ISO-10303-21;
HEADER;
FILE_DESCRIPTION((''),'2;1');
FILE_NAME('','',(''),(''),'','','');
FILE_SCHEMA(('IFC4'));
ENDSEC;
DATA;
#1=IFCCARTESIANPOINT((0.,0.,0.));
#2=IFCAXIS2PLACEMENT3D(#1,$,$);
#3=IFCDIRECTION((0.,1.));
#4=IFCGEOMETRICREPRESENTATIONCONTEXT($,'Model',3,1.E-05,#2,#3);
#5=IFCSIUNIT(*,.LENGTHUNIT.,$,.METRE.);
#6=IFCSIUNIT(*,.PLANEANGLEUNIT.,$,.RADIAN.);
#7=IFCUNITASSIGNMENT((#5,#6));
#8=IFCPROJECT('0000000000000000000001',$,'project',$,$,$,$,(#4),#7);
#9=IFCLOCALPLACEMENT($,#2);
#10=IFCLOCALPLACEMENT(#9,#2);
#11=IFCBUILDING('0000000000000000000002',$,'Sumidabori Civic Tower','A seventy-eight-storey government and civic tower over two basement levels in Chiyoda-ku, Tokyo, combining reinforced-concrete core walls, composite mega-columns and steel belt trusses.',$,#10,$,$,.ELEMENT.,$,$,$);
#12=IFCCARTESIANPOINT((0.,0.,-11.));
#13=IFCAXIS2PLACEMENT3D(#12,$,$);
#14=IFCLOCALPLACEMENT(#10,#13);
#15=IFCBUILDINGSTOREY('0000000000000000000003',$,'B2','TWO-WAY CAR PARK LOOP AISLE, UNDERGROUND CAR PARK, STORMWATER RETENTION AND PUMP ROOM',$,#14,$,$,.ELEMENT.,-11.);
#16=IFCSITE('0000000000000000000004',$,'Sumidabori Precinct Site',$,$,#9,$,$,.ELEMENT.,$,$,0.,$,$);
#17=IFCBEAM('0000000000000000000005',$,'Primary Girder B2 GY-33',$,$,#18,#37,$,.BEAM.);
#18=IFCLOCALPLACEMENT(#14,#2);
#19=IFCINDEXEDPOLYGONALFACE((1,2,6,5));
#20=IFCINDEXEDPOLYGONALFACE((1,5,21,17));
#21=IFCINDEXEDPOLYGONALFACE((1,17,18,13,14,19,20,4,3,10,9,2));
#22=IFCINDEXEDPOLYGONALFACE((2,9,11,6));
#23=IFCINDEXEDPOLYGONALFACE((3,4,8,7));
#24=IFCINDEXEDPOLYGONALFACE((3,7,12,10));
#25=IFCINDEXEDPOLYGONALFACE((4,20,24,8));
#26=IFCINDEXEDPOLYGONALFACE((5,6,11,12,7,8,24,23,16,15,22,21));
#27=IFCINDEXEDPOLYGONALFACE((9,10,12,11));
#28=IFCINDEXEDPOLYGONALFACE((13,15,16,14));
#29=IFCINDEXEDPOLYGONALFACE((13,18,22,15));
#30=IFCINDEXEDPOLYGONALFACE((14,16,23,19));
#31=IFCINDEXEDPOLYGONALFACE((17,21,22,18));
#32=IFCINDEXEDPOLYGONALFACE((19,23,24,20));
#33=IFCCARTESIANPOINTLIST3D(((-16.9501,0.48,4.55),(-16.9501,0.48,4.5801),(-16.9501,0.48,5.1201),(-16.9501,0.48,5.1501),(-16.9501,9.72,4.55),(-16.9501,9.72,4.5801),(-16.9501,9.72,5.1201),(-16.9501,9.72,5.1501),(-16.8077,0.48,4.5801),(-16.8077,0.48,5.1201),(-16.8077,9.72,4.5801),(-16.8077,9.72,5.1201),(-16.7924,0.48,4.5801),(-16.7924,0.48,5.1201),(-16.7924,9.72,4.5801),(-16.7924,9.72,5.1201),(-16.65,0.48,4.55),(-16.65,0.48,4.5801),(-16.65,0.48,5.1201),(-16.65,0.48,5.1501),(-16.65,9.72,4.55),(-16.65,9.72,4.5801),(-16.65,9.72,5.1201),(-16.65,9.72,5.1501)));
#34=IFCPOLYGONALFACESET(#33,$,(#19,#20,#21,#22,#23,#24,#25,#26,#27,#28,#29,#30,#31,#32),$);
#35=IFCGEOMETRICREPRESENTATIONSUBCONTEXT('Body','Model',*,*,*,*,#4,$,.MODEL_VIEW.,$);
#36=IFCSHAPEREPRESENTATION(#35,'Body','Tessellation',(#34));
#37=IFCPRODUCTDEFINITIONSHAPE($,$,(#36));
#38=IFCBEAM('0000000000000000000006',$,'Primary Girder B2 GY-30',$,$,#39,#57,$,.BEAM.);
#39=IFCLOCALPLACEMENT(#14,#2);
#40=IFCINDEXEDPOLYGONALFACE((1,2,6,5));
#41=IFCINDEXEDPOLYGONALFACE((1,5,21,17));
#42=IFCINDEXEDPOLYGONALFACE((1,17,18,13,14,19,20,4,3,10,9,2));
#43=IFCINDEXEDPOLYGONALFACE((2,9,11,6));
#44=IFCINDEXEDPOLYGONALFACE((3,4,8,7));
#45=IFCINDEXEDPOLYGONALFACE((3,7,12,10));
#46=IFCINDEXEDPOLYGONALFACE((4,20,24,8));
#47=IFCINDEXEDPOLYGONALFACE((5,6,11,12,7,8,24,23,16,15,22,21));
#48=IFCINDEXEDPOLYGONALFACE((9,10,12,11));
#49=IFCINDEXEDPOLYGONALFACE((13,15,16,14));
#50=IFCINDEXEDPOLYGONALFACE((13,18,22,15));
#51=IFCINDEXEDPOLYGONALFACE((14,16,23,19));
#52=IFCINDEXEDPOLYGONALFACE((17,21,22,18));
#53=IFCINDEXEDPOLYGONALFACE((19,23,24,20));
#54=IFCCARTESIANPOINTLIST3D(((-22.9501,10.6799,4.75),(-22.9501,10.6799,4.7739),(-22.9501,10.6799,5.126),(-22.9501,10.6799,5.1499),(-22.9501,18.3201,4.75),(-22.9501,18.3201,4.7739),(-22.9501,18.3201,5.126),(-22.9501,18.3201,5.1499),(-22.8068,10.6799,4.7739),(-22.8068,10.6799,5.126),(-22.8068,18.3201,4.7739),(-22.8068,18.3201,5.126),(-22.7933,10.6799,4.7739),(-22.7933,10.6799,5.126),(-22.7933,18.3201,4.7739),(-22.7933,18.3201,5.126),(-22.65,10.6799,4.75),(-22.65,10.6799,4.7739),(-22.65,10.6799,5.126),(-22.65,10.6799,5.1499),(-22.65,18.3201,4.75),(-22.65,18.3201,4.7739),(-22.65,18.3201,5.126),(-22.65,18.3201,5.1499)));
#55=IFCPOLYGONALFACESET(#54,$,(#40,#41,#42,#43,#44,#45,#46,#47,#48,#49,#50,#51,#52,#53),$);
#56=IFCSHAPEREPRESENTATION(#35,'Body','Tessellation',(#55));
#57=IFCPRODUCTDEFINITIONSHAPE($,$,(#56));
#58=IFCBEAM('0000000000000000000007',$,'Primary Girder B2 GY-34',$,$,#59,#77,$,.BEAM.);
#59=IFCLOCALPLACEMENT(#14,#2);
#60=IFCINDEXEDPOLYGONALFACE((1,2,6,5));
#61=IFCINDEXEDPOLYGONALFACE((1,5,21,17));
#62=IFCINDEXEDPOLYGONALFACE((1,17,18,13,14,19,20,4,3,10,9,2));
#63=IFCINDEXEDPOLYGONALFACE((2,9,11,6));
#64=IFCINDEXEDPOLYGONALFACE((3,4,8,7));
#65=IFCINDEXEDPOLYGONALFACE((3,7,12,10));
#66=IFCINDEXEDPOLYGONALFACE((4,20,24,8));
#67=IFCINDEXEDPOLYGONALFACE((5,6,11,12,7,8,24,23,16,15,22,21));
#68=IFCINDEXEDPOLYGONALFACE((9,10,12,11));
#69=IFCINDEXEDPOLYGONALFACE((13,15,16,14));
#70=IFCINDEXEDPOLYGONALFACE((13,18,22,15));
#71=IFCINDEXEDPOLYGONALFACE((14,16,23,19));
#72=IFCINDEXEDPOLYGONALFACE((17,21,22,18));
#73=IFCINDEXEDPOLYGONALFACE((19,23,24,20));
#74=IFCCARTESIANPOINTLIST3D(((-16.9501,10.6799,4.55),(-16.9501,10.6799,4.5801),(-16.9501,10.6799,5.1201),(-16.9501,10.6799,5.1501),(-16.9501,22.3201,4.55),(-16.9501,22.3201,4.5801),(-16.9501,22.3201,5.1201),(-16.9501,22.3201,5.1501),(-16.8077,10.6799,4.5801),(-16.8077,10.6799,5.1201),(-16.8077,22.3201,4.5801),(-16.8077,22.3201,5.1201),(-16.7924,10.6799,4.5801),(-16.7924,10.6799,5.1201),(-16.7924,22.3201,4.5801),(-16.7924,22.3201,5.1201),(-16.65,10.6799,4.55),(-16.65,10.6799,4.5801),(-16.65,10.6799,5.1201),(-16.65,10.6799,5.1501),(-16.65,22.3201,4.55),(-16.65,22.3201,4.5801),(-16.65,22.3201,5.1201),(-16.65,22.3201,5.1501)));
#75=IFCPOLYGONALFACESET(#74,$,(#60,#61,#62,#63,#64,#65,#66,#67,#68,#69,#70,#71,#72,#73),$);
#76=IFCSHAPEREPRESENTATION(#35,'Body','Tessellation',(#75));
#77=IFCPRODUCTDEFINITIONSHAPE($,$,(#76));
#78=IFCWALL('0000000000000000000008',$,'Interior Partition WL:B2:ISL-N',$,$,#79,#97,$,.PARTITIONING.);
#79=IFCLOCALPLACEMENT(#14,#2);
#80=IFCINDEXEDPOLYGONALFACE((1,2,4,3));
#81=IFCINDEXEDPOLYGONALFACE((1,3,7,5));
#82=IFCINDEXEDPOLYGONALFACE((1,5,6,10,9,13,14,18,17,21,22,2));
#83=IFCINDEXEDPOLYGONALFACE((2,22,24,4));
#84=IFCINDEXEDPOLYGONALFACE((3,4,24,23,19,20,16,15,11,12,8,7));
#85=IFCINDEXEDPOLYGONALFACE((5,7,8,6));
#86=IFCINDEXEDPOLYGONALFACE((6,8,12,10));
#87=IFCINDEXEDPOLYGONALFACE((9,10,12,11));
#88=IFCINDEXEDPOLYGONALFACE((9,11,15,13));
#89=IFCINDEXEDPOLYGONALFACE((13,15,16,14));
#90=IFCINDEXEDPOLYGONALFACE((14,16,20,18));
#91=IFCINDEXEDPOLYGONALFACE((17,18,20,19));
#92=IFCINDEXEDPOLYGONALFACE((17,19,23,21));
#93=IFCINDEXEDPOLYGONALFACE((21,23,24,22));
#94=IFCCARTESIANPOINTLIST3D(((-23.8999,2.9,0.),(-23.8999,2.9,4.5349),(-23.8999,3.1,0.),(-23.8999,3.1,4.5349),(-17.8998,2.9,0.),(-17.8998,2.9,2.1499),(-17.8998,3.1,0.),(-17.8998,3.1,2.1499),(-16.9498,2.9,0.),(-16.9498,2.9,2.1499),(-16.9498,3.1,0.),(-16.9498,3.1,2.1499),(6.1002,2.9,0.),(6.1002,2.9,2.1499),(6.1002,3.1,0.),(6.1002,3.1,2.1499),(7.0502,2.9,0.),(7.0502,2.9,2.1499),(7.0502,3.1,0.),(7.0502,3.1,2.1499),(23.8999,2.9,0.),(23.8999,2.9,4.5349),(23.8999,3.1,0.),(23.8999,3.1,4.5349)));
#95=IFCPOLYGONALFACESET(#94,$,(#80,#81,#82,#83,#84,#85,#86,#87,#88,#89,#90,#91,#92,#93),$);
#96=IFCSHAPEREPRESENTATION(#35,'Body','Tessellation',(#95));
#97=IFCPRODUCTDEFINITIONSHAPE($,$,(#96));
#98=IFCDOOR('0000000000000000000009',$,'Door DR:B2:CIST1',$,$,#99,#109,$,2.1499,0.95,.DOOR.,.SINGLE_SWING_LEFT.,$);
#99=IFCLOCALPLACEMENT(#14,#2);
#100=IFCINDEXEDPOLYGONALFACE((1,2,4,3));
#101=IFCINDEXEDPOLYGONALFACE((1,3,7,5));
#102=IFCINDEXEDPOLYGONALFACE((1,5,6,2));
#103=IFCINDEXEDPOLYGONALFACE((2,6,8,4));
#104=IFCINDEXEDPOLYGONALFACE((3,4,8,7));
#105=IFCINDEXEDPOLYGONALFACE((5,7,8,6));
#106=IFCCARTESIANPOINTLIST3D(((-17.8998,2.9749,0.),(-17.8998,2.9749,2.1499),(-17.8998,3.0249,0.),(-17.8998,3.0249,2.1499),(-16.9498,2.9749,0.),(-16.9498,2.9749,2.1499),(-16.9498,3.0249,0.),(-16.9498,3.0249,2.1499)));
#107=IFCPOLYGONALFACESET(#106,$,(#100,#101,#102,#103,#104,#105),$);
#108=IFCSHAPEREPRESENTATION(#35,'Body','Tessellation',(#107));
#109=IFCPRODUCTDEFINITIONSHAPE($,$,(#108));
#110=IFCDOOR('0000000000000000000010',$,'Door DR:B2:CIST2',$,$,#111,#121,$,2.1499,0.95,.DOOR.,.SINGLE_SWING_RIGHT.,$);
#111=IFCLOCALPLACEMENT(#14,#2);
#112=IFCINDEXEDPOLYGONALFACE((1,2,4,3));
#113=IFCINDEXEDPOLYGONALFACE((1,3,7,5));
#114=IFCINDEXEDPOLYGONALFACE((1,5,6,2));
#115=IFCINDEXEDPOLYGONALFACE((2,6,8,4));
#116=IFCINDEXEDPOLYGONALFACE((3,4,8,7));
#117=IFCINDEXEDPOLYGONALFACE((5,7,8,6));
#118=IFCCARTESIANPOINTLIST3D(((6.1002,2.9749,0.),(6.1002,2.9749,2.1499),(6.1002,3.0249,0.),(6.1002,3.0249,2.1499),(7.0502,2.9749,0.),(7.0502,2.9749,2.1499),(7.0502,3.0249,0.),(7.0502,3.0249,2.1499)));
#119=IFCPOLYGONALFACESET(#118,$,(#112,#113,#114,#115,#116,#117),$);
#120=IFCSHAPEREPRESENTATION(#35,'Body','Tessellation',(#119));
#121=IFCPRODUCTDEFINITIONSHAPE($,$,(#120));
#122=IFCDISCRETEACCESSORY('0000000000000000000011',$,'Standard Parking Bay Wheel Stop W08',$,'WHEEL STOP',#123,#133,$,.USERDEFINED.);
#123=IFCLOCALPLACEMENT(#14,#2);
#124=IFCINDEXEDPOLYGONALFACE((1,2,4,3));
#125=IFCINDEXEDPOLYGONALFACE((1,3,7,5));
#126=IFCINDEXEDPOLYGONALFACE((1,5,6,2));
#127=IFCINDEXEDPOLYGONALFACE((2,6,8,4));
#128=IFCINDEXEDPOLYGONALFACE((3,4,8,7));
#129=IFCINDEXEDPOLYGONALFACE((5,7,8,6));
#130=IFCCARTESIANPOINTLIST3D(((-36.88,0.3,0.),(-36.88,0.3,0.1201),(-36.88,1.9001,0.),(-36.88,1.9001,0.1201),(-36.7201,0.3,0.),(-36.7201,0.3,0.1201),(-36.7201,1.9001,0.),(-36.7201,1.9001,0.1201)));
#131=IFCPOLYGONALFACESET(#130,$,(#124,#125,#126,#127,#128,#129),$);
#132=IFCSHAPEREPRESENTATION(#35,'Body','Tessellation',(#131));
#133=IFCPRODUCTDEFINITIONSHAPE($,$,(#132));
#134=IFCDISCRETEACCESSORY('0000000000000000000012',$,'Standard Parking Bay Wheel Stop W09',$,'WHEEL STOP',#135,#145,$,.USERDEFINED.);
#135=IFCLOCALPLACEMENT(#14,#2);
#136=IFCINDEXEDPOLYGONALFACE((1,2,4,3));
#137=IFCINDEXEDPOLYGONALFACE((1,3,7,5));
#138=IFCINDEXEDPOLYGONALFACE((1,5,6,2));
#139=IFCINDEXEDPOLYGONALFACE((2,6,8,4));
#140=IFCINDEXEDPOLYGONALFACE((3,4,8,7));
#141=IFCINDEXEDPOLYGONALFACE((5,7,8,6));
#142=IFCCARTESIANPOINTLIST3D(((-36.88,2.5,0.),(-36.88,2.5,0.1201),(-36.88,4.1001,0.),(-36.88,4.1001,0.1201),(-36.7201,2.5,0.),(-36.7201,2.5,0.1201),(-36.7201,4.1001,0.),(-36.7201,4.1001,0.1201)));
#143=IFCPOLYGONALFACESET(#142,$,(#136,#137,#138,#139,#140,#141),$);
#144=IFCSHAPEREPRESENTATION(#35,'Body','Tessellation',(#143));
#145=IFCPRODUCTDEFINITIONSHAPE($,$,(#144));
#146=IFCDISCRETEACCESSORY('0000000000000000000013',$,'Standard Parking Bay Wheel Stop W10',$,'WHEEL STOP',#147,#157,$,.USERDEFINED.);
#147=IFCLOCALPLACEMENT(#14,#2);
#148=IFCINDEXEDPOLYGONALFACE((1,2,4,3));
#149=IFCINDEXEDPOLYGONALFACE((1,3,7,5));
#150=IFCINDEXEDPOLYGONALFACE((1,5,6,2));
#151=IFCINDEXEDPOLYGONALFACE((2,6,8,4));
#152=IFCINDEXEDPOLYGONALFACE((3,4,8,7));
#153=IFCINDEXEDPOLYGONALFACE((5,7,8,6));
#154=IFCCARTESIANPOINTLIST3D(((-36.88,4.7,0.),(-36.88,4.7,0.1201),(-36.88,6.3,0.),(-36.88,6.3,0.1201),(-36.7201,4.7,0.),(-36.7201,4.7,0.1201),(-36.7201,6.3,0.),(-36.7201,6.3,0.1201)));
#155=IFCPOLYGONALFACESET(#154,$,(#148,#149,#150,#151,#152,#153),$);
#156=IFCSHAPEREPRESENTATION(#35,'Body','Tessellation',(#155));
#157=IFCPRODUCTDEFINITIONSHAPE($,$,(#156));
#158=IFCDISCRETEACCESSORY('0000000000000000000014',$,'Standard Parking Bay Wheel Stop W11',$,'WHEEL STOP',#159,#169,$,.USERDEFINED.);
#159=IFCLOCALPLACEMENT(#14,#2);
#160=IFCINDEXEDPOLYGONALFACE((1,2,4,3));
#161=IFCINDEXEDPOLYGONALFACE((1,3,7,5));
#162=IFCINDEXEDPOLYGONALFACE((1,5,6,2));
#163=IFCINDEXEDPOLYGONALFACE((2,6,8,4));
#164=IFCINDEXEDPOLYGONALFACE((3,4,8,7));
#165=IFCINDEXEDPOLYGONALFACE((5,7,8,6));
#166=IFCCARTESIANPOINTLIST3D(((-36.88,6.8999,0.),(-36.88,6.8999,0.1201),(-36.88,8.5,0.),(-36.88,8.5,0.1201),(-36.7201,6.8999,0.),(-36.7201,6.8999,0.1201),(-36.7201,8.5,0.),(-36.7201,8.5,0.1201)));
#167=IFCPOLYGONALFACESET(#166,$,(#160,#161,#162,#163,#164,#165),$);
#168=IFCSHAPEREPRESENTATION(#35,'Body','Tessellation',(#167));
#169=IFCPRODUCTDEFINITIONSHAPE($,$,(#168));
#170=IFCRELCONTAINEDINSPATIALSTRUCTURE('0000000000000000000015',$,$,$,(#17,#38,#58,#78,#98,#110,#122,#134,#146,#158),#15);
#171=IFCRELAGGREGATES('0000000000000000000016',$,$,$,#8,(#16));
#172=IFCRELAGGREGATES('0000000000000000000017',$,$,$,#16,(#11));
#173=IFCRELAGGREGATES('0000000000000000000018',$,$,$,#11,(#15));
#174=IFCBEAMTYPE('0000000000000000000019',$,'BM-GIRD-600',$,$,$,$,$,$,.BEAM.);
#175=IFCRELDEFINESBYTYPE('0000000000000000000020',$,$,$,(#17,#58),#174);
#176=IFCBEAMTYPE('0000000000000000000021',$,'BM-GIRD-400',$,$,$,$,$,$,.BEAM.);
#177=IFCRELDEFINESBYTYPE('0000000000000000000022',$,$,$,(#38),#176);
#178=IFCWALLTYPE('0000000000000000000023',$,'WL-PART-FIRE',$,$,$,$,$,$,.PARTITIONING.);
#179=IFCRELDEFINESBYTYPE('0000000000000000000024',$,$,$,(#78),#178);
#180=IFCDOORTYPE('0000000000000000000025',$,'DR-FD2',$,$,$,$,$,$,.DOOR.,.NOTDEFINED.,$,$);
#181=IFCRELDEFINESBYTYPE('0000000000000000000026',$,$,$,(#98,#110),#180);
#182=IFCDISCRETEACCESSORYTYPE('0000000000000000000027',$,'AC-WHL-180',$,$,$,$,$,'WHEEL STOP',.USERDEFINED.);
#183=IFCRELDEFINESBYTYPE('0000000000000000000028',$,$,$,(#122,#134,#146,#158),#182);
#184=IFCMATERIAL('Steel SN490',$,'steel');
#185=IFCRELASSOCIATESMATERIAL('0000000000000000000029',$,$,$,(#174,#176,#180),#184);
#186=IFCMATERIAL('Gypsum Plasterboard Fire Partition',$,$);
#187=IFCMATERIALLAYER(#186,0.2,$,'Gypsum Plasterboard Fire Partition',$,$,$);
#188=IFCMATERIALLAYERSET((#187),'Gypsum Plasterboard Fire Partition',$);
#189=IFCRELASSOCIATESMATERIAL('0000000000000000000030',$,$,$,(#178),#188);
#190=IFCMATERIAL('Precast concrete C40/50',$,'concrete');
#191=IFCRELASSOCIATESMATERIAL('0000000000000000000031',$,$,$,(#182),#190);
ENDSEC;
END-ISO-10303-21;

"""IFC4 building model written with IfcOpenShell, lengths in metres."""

from ifc_helpers import new_model, si_unit, direction, frame, frame_2d, origin, origin_2d, place, context, subcontext, project, spatial, rectangle, i_section, extrude, source, transform, mapped, material, layer, layer_set, material_profile, profile_set, type_object, element, fill, save


model = new_model("IFC4")

# Units and contexts
model_context = context("Model", 3, precision=1e-05, world=origin(), true_north=direction((0.0, 1.0)))
body_context = subcontext(model_context, "Body", "Model", "MODEL_VIEW")
ifc_project = project(units=[si_unit("LENGTHUNIT", "METRE"), si_unit("PLANEANGLEUNIT", "RADIAN")], contexts=[model_context])

# Site, building, storey
site_placement = place(None, origin())
site = spatial("IfcSite", under=ifc_project, at=site_placement, Name="Sumidabori Precinct Site", CompositionType="ELEMENT", RefElevation=0.0)
building_placement = place(site_placement, origin())
building = spatial("IfcBuilding", under=site, at=building_placement, Name="Sumidabori Civic Tower", Description="A seventy-eight-storey government and civic tower over two basement levels in Chiyoda-ku, Tokyo, combining reinforced-concrete core walls, composite mega-columns and steel belt trusses.", CompositionType="ELEMENT")
storey_placement = place(building_placement, frame((0.0, 0.0, -11.0)))
storey = spatial("IfcBuildingStorey", under=building, at=storey_placement, Name="B2", Description="TWO-WAY CAR PARK LOOP AISLE, UNDERGROUND CAR PARK, STORMWATER RETENTION AND PUMP ROOM", CompositionType="ELEMENT", Elevation=-11.0)

# Beams
ifc_material_1 = material(Name="Steel SN490", Category="steel")
ifc_material_profile_1 = material_profile(ifc_material_1, i_section(OverallWidth=0.3, OverallDepth=0.6001, WebThickness=0.0154, FlangeThickness=0.03, at=origin_2d()), Name="HE 600 B")
ifc_profile_set_1 = profile_set([ifc_material_profile_1], Name="Steel SN490")
beam_type_1 = type_object("IfcBeamType", Name="BM-GIRD-600", PredefinedType="BEAM", material=ifc_profile_set_1)
shared_shape_1 = source(origin(), body_context, "Body", "SweptSolid", [
    extrude(i_section(OverallWidth=0.3, OverallDepth=0.6001, WebThickness=0.0154, FlangeThickness=0.03, at=origin_2d()), origin(), (0.0, 0.0, 1.0), 9.24),
])
for number, where, z_axis, x_axis, name in (
    (1, (-16.8, 0.48, 4.8501), (0.0, 1.0, 0.0), (-1.0, 0.0, 0.0), "Primary Girder B2 GY-33"),
):
    element("IfcBeam", number, at=place(storey_placement, frame(where, z_axis=z_axis, x_axis=x_axis)), inside=storey, type_object=beam_type_1, Name=name, PredefinedType="BEAM", context=body_context, shape_type="MappedRepresentation", body=[
        mapped(shared_shape_1, transform((0.0, 0.0, 0.0), x_axis=(1.0, 0.0, 0.0), y_axis=(0.0, 1.0, 0.0), z_axis=(0.0, 0.0, 1.0), scale=1.0)),
    ])
ifc_material_profile_2 = material_profile(ifc_material_1, i_section(OverallWidth=0.3, OverallDepth=0.3999, WebThickness=0.0134, FlangeThickness=0.0239, at=origin_2d()), Name="HE 400 B")
ifc_profile_set_2 = profile_set([ifc_material_profile_2], Name="Steel SN490")
beam_type_2 = type_object("IfcBeamType", Name="BM-GIRD-400", PredefinedType="BEAM", material=ifc_profile_set_2)
shared_shape_2 = source(origin(), body_context, "Body", "SweptSolid", [
    extrude(i_section(OverallWidth=0.3, OverallDepth=0.3999, WebThickness=0.0134, FlangeThickness=0.0239, at=origin_2d()), origin(), (0.0, 0.0, 1.0), 7.6401),
])
beam_1_placement = place(storey_placement, frame((-22.8, 10.6799, 4.95), z_axis=(0.0, 1.0, 0.0), x_axis=(-1.0, 0.0, 0.0)))
element("IfcBeam", 2, at=beam_1_placement, inside=storey, type_object=beam_type_2, Name="Primary Girder B2 GY-30", PredefinedType="BEAM", context=body_context, shape_type="MappedRepresentation", body=[
    mapped(shared_shape_2, transform((0.0, 0.0, 0.0), x_axis=(1.0, 0.0, 0.0), y_axis=(0.0, 1.0, 0.0), z_axis=(0.0, 0.0, 1.0), scale=1.0)),
])
shared_shape_3 = source(origin(), body_context, "Body", "SweptSolid", [
    extrude(i_section(OverallWidth=0.3, OverallDepth=0.6001, WebThickness=0.0154, FlangeThickness=0.03, at=origin_2d()), origin(), (0.0, 0.0, 1.0), 11.6401),
])
beam_2_placement = place(storey_placement, frame((-16.8, 10.6799, 4.8501), z_axis=(0.0, 1.0, 0.0), x_axis=(-1.0, 0.0, 0.0)))
element("IfcBeam", 3, at=beam_2_placement, inside=storey, type_object=beam_type_1, Name="Primary Girder B2 GY-34", PredefinedType="BEAM", context=body_context, shape_type="MappedRepresentation", body=[
    mapped(shared_shape_3, transform((0.0, 0.0, 0.0), x_axis=(1.0, 0.0, 0.0), y_axis=(0.0, 1.0, 0.0), z_axis=(0.0, 0.0, 1.0), scale=1.0)),
])

# Wall, openings, doors
ifc_material_2 = material(Name="Gypsum Plasterboard Fire Partition")
ifc_layer_1 = layer(ifc_material_2, 0.2, Name="Gypsum Plasterboard Fire Partition")
ifc_layer_set_1 = layer_set([ifc_layer_1], Name="Gypsum Plasterboard Fire Partition")
wall_type_1 = type_object("IfcWallType", Name="WL-PART-FIRE", PredefinedType="PARTITIONING", material=ifc_layer_set_1)
shared_shape_4 = source(origin(), body_context, "Body", "SweptSolid", [
    extrude(rectangle(XDim=47.7998, YDim=0.2, at=frame_2d((23.8999, 0.0))), origin(), (0.0, 0.0, 1.0), 4.5349),
])
wall_1_placement = place(storey_placement, frame((-23.8999, 3.0, 0.0), z_axis=(0.0, 0.0, 1.0), x_axis=(1.0, 0.0, 0.0)))
wall_1 = element("IfcWall", 4, at=wall_1_placement, inside=storey, type_object=wall_type_1, Name="Interior Partition WL:B2:ISL-N", PredefinedType="PARTITIONING", context=body_context, shape_type="MappedRepresentation", body=[
    mapped(shared_shape_4, transform((0.0, 0.0, 0.0), x_axis=(1.0, 0.0, 0.0), y_axis=(0.0, 1.0, 0.0), z_axis=(0.0, 0.0, 1.0), scale=1.0)),
])
opening_1_placement = place(wall_1_placement, frame((6.0, 0.0, 0.0)))
opening_1 = element("IfcOpeningElement", 5, at=opening_1_placement, cuts=wall_1, PredefinedType="OPENING", context=body_context, shape_type="SweptSolid", body=[
    extrude(rectangle(XDim=0.95, YDim=2.1499, at=frame_2d((0.4751, 1.075))), frame((0.0, 0.1118, 0.0), z_axis=(0.0, -1.0, 0.0), x_axis=(1.0, 0.0, 0.0)), (0.0, 0.0, 1.0), 0.2239),
])
opening_2_placement = place(wall_1_placement, frame((30.0, 0.0, 0.0)))
opening_2 = element("IfcOpeningElement", 6, at=opening_2_placement, cuts=wall_1, PredefinedType="OPENING", context=body_context, shape_type="SweptSolid", body=[
    extrude(rectangle(XDim=0.95, YDim=2.1499, at=frame_2d((0.4751, 1.075))), frame((0.0, 0.1118, 0.0), z_axis=(0.0, -1.0, 0.0), x_axis=(1.0, 0.0, 0.0)), (0.0, 0.0, 1.0), 0.2239),
])
door_type_1 = type_object("IfcDoorType", Name="DR-FD2", OperationType="NOTDEFINED", PredefinedType="DOOR", material=ifc_material_1)
shared_shape_5 = source(origin(), body_context, "Body", "SweptSolid", [
    extrude(rectangle(XDim=0.95, YDim=2.1499, at=frame_2d((0.4751, 1.075))), frame((0.0, 0.0249, 0.0), z_axis=(0.0, -1.0, 0.0), x_axis=(1.0, 0.0, 0.0)), (0.0, 0.0, 1.0), 0.05),
])
door_1_placement = place(opening_1_placement, origin())
door_1 = element("IfcDoor", 7, at=door_1_placement, inside=storey, type_object=door_type_1, Name="Door DR:B2:CIST1", OperationType="SINGLE_SWING_LEFT", OverallHeight=2.1499, OverallWidth=0.95, PredefinedType="DOOR", context=body_context, shape_type="MappedRepresentation", body=[
    mapped(shared_shape_5, transform((0.0, 0.0, 0.0), x_axis=(1.0, 0.0, 0.0), y_axis=(0.0, 1.0, 0.0), z_axis=(0.0, 0.0, 1.0), scale=1.0)),
])
fill(opening_1, door_1)
door_2_placement = place(opening_2_placement, origin())
door_2 = element("IfcDoor", 8, at=door_2_placement, inside=storey, type_object=door_type_1, Name="Door DR:B2:CIST2", OperationType="SINGLE_SWING_RIGHT", OverallHeight=2.1499, OverallWidth=0.95, PredefinedType="DOOR", context=body_context, shape_type="MappedRepresentation", body=[
    mapped(shared_shape_5, transform((0.0, 0.0, 0.0), x_axis=(1.0, 0.0, 0.0), y_axis=(0.0, 1.0, 0.0), z_axis=(0.0, 0.0, 1.0), scale=1.0)),
])
fill(opening_2, door_2)

# Discrete accessories
ifc_material_3 = material(Name="Precast concrete C40/50", Category="concrete")
discrete_accessory_type = type_object("IfcDiscreteAccessoryType", Name="AC-WHL-180", ElementType="WHEEL STOP", PredefinedType="USERDEFINED", material=ifc_material_3)
shared_shape_6 = source(origin(), body_context, "Body", "SweptSolid", [
    extrude(rectangle(XDim=0.1599, YDim=1.6001, at=origin_2d()), origin(), (0.0, 0.0, 1.0), 0.1201),
])
for number, where, z_axis, x_axis, name in (
    (9, (-36.8, 1.1001, 0.0), (0.0, 0.0, 1.0), (1.0, 0.0, 0.0), "Standard Parking Bay Wheel Stop W08"),
    (10, (-36.8, 3.3, 0.0), (0.0, 0.0, 1.0), (1.0, 0.0, 0.0), "Standard Parking Bay Wheel Stop W09"),
    (11, (-36.8, 5.5, 0.0), (0.0, 0.0, 1.0), (1.0, 0.0, 0.0), "Standard Parking Bay Wheel Stop W10"),
    (12, (-36.8, 7.7, 0.0), (0.0, 0.0, 1.0), (1.0, 0.0, 0.0), "Standard Parking Bay Wheel Stop W11"),
):
    element("IfcDiscreteAccessory", number, at=place(storey_placement, frame(where, z_axis=z_axis, x_axis=x_axis)), inside=storey, type_object=discrete_accessory_type, Name=name, ObjectType="WHEEL STOP", PredefinedType="USERDEFINED", context=body_context, shape_type="MappedRepresentation", body=[
        mapped(shared_shape_6, transform((0.0, 0.0, 0.0), x_axis=(1.0, 0.0, 0.0), y_axis=(0.0, 1.0, 0.0), z_axis=(0.0, 0.0, 1.0), scale=1.0)),
    ])

save(model, "model.ifc")
